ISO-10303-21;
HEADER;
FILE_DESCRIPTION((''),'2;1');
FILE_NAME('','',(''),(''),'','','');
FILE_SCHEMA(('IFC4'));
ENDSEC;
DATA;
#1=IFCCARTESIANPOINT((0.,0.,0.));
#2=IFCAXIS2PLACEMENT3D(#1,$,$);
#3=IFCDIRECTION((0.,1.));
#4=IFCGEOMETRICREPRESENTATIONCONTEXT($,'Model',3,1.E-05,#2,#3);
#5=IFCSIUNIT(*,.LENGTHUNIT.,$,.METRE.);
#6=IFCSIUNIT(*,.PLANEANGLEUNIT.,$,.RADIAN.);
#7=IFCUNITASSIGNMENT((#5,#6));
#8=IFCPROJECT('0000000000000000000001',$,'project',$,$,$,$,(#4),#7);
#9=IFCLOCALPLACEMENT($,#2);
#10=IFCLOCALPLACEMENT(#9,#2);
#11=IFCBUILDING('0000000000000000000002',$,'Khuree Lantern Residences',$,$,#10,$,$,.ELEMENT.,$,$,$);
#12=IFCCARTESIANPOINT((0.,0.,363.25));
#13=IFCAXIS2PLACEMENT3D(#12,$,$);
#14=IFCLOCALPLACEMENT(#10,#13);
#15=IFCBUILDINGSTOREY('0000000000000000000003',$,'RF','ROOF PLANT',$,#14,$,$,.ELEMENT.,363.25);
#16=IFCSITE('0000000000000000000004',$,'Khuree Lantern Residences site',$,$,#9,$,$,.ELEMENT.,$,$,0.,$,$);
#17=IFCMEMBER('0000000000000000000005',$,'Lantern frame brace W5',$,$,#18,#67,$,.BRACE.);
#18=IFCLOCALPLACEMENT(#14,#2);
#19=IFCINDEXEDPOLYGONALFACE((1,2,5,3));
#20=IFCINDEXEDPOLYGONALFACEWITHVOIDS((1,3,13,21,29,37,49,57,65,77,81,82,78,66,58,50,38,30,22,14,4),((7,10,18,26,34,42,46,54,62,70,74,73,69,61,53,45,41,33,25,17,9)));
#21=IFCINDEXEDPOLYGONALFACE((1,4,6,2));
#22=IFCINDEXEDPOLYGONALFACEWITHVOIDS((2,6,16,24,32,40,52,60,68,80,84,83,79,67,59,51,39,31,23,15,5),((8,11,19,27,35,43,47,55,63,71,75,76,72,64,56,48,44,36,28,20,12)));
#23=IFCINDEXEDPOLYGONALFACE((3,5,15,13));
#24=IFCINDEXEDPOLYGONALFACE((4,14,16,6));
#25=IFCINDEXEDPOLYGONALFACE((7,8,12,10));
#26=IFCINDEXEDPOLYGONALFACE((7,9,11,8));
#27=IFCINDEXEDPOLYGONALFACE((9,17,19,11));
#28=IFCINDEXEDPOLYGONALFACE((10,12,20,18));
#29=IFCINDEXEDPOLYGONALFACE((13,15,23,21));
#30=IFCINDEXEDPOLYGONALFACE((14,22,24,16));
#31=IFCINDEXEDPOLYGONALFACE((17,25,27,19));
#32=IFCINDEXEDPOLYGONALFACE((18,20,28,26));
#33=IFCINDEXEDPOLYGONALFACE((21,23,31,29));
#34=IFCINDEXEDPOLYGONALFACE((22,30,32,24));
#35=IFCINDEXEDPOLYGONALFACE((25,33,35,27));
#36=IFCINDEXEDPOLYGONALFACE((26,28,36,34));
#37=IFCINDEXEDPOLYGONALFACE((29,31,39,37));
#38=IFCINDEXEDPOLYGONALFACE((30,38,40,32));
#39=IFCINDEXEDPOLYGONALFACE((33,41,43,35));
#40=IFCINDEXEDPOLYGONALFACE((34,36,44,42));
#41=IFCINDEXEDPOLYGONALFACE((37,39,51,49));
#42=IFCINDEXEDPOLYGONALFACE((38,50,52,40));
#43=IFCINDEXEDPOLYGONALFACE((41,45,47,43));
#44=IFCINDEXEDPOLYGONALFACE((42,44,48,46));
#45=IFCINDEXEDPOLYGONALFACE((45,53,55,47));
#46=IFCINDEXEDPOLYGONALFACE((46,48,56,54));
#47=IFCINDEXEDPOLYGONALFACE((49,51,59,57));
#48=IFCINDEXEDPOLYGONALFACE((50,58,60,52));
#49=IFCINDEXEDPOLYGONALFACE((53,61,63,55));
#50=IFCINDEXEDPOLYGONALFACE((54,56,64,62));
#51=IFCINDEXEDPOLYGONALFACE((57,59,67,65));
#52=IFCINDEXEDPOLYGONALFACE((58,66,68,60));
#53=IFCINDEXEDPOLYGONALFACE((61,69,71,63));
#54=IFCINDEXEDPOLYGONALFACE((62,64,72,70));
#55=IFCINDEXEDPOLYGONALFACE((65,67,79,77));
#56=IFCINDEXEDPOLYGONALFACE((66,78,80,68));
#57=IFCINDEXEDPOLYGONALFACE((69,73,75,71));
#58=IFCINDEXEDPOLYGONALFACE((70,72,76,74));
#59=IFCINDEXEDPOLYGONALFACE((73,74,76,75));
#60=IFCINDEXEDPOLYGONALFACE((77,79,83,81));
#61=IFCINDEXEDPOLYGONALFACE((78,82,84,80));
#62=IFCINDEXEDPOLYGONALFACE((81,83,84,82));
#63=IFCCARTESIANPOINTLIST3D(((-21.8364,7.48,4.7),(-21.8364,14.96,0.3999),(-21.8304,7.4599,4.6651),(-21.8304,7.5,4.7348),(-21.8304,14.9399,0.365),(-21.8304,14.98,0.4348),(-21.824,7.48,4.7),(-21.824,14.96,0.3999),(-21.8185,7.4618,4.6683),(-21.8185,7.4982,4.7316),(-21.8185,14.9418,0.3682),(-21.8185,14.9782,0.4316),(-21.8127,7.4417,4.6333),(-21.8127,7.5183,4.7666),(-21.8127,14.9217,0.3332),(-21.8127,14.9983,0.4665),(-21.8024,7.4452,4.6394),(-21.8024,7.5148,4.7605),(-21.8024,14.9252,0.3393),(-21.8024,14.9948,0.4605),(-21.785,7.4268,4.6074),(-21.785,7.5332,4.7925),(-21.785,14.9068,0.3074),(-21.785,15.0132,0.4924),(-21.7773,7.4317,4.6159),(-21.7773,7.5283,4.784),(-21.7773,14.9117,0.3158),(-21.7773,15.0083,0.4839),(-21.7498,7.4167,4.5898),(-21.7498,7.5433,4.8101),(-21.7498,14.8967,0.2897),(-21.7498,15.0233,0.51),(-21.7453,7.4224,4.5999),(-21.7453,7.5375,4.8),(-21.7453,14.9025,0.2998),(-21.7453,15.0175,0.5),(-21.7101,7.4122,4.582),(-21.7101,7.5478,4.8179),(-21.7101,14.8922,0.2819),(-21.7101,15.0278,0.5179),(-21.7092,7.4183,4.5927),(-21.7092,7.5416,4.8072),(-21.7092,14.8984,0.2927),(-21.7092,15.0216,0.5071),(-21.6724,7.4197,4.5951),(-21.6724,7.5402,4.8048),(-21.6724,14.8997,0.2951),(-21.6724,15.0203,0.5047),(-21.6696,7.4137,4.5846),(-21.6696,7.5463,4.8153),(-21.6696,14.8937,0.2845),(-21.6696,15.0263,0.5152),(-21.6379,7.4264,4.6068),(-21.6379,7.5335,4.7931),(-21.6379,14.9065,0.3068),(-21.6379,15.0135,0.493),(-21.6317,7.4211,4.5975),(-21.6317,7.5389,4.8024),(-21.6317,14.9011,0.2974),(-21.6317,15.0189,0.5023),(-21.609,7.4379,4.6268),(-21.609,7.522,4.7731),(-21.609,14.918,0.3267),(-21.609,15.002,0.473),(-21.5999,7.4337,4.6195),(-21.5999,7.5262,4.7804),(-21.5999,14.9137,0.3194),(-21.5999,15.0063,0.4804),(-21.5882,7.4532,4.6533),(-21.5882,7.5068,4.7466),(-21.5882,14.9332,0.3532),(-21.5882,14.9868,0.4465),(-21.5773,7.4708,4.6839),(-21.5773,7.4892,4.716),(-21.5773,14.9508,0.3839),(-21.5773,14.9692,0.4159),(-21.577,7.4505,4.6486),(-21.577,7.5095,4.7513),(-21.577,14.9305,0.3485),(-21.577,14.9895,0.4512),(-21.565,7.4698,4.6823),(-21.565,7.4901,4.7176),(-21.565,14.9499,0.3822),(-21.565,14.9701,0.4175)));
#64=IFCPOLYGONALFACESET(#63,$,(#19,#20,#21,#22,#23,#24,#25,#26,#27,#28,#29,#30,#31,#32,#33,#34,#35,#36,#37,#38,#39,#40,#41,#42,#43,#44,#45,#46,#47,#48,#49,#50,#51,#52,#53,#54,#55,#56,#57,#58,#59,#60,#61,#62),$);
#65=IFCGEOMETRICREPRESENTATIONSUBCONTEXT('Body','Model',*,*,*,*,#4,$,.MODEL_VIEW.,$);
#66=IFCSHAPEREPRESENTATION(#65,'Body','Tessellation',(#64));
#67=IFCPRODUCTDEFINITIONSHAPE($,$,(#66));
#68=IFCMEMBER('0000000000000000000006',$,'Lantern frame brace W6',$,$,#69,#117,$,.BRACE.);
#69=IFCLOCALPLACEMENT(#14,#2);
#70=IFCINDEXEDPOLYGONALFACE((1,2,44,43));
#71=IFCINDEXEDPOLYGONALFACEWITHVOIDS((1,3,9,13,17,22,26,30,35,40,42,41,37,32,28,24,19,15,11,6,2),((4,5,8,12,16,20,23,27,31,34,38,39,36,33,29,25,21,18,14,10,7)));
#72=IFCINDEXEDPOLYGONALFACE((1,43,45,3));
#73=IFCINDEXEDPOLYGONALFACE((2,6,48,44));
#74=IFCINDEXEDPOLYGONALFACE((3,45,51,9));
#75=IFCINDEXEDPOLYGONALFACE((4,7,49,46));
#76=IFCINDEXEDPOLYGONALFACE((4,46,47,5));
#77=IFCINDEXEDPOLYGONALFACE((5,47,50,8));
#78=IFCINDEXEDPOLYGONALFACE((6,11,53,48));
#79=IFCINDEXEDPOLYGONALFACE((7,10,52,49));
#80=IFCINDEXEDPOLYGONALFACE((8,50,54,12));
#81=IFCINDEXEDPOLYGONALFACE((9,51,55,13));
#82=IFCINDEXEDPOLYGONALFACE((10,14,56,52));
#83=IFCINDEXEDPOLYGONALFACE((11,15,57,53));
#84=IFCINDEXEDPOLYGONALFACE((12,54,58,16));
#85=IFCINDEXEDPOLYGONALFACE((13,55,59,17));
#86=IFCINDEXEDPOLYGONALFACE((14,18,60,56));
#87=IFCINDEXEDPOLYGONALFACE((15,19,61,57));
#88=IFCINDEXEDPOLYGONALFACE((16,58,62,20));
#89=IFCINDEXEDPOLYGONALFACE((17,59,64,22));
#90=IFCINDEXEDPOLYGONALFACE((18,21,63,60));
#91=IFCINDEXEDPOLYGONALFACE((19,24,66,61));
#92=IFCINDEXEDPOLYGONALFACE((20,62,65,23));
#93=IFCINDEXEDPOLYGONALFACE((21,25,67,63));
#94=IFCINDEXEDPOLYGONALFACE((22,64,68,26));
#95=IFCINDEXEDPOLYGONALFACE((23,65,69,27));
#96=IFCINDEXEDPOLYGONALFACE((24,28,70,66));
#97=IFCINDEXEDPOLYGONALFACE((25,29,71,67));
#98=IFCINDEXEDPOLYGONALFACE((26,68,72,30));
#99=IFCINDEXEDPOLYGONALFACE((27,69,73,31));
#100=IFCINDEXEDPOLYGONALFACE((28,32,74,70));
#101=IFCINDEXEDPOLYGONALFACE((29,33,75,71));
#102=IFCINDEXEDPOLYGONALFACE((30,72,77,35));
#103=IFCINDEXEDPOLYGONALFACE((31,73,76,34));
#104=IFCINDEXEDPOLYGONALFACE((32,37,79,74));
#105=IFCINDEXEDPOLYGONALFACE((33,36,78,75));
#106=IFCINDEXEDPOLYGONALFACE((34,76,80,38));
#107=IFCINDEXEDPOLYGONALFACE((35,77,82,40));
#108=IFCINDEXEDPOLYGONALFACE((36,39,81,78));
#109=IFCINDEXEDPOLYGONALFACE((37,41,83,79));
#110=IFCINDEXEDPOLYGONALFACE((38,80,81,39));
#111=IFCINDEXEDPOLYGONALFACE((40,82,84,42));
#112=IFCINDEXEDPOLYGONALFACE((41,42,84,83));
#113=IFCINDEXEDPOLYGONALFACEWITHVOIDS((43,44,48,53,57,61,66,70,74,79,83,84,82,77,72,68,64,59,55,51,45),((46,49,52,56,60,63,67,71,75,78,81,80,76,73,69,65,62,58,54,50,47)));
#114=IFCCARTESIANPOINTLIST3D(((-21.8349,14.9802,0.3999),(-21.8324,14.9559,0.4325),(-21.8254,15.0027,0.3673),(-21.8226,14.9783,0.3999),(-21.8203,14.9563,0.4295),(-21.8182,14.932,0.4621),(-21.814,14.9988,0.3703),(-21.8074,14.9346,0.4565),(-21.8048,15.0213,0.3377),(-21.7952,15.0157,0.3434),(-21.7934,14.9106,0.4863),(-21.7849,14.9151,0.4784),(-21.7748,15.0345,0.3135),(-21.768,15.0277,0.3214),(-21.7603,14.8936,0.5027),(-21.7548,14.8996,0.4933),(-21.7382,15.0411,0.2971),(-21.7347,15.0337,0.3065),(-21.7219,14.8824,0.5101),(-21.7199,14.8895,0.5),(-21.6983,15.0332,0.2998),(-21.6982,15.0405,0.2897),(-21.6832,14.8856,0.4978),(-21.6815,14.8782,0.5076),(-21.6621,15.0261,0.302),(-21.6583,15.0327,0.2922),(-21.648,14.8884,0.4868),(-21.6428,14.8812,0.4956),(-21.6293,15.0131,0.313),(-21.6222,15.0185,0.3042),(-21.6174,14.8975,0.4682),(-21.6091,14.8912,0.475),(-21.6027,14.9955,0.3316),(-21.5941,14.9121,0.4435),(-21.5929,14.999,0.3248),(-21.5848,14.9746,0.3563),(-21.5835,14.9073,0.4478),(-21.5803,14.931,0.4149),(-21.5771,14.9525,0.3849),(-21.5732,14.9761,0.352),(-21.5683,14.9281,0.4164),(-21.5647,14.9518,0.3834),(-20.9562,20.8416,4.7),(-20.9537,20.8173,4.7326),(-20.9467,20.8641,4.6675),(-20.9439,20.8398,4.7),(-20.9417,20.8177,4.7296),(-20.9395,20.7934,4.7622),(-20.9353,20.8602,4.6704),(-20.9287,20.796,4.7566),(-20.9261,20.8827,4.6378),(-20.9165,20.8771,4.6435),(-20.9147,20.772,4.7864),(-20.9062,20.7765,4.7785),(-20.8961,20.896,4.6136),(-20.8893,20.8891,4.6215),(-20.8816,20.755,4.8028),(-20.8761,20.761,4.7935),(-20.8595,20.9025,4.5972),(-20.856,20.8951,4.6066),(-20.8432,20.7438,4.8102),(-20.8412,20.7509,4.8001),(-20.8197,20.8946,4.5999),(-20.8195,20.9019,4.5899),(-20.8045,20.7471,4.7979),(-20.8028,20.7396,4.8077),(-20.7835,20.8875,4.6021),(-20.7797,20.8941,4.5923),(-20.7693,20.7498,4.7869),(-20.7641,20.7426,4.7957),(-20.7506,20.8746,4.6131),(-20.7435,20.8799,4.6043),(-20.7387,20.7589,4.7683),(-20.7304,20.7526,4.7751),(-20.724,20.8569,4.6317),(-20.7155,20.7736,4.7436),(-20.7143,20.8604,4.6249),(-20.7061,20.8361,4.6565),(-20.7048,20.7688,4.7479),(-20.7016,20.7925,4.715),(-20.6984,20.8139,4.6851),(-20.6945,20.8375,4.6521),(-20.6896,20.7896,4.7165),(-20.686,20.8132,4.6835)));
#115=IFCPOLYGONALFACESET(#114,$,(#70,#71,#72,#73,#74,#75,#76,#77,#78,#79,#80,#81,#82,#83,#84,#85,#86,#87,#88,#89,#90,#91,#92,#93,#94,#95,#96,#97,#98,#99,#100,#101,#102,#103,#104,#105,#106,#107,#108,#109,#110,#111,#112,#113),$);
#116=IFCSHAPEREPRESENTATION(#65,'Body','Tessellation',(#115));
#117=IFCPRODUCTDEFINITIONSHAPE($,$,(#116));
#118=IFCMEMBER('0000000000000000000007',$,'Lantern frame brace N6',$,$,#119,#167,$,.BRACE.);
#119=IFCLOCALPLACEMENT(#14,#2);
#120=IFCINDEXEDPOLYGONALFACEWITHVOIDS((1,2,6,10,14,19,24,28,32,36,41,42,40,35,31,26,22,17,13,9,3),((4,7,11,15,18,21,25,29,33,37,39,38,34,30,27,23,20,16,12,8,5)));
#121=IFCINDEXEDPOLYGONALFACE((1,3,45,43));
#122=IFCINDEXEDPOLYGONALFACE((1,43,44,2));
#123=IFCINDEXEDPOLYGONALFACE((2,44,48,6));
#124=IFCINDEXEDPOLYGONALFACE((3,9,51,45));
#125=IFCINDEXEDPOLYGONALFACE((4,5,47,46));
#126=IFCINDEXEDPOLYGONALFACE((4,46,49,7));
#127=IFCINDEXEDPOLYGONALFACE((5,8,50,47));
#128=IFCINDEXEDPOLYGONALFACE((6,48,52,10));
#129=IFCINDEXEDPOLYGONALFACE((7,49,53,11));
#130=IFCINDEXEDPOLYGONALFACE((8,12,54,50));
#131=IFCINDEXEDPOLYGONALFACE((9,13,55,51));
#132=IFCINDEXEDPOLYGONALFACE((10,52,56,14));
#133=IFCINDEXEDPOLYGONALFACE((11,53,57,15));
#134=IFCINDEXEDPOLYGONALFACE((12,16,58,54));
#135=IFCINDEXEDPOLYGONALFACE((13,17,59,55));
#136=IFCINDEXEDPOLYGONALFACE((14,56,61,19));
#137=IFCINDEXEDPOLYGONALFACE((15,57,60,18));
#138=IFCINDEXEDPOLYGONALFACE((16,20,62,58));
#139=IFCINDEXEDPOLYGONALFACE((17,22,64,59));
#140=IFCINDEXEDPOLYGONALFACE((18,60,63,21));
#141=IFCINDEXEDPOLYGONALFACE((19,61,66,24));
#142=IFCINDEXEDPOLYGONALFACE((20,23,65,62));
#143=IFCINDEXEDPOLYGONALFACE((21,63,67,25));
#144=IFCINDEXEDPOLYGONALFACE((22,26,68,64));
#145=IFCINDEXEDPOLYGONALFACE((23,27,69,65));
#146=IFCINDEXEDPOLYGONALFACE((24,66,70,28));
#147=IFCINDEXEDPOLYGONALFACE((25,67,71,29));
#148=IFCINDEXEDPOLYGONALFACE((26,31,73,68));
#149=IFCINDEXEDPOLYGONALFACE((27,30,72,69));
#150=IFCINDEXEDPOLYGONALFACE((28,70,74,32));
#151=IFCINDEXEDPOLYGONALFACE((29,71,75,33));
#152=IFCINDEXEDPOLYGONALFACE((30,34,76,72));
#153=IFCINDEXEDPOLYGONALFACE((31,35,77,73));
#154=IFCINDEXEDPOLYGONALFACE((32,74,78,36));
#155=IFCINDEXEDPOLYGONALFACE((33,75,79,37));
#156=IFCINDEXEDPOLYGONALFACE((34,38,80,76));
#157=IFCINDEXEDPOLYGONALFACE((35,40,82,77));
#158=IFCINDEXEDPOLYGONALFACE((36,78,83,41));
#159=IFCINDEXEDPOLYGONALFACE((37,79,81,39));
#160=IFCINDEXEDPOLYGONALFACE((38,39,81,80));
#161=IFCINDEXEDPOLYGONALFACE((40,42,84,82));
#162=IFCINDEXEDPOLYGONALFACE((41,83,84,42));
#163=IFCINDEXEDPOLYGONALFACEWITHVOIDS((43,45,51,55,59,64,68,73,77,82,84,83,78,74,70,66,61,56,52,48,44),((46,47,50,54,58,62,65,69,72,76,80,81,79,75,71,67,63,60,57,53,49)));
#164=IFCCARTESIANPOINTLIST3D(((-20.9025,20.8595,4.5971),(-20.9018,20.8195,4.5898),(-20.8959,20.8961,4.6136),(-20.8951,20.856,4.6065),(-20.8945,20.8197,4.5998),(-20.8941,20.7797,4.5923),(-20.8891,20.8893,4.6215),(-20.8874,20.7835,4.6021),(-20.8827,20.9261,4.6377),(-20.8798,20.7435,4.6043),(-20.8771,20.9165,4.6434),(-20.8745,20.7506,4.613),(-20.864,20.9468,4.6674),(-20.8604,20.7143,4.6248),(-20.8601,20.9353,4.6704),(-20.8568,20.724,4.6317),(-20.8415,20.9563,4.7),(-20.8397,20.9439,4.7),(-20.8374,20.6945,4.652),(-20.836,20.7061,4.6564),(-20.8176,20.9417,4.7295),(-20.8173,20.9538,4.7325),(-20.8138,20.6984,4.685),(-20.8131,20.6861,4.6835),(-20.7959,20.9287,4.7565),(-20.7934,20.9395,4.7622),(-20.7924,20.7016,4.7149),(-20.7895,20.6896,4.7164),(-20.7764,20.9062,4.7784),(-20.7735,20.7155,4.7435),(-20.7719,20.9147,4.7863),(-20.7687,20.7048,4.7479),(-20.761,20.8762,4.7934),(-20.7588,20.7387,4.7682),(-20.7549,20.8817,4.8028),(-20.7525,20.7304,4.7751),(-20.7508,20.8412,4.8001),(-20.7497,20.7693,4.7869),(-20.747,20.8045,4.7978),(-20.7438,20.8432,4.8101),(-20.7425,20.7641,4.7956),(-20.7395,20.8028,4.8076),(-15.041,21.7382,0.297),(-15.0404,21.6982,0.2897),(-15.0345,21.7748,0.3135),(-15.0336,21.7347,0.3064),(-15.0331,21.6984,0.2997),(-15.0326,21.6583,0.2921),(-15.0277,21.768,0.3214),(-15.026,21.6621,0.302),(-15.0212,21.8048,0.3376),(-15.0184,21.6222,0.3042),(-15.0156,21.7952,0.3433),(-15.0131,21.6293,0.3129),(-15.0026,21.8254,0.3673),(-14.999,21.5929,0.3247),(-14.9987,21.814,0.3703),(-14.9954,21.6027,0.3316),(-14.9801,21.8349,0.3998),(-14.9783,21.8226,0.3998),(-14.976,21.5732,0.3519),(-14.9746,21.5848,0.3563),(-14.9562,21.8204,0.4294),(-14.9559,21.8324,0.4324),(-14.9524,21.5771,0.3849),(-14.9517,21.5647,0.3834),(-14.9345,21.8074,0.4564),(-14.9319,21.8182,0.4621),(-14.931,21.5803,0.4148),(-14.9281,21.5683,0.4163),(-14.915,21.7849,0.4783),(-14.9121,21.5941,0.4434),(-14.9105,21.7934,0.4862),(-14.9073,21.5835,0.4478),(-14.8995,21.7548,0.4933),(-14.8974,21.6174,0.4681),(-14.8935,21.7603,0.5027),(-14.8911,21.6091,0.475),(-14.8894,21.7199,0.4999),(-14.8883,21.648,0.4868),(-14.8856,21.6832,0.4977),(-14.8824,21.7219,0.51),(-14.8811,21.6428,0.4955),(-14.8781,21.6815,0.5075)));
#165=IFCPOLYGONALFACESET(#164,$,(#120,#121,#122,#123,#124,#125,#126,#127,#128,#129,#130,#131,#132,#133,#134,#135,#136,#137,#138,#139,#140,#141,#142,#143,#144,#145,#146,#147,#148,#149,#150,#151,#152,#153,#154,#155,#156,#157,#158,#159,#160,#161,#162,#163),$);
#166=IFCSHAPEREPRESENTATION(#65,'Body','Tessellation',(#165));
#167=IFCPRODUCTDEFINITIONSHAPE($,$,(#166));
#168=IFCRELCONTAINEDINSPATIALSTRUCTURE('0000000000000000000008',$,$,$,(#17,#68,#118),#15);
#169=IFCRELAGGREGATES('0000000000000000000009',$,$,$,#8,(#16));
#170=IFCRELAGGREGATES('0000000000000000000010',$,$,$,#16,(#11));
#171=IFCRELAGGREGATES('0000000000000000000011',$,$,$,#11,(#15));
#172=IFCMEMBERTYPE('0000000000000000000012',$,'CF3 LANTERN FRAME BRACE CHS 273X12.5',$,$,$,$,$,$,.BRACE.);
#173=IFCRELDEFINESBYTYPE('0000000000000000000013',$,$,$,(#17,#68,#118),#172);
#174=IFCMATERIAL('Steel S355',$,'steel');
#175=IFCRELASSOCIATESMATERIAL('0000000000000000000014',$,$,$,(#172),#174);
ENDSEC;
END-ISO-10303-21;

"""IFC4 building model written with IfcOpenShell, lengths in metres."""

from ifc_helpers import new_model, si_unit, direction, frame, origin, origin_2d, place, context, subcontext, project, spatial, hollow_circle, extrude, material, material_profile, profile_set, type_object, element, save


model = new_model("IFC4")

# Units and contexts
model_context = context("Model", 3, precision=1e-05, world=origin(), true_north=direction((0.0, 1.0)))
body_context = subcontext(model_context, "Body", "Model", "MODEL_VIEW")
ifc_project = project(units=[si_unit("LENGTHUNIT", "METRE"), si_unit("PLANEANGLEUNIT", "RADIAN")], contexts=[model_context])

# Site, building, storey
site_placement = place(None, origin())
site = spatial("IfcSite", under=ifc_project, at=site_placement, Name="Khuree Lantern Residences site", CompositionType="ELEMENT", RefElevation=0.0)
building_placement = place(site_placement, origin())
building = spatial("IfcBuilding", under=site, at=building_placement, Name="Khuree Lantern Residences", CompositionType="ELEMENT")
storey_placement = place(building_placement, frame((0.0, 0.0, 363.25)))
storey = spatial("IfcBuildingStorey", under=building, at=storey_placement, Name="RF", Description="ROOF PLANT", CompositionType="ELEMENT", Elevation=363.25)

# Shared definitions
ifc_material_1 = material(Name="Steel S355", Category="steel")

# Members
ifc_material_profile_1 = material_profile(ifc_material_1, hollow_circle(Radius=0.1365, WallThickness=0.0125, at=origin_2d()), Name="CHS 273X12.5")
ifc_profile_set_1 = profile_set([ifc_material_profile_1], Name="Steel S355")
member_type_1 = type_object("IfcMemberType", Name="CF3 LANTERN FRAME BRACE CHS 273X12.5", PredefinedType="BRACE", material=ifc_profile_set_1)
for number, where, z_axis, x_axis, name in (
    (1, (-21.7, 7.48, 4.7), (0.0, 0.866953, -0.498389), (-1.0, 0.0, 0.0), "Lantern frame brace W5"),
):
    element("IfcMember", number, at=place(storey_placement, frame(where, z_axis=z_axis, x_axis=x_axis)), inside=storey, type_object=member_type_1, Name=name, PredefinedType="BRACE", context=body_context, shape_type="SweptSolid", body=[
        extrude(hollow_circle(Radius=0.1365, WallThickness=0.0125, at=origin_2d()), origin(), (0.0, 0.0, 1.0), 8.6279),
    ])
for number, where, z_axis, x_axis, name in (
    (2, (-21.7, 14.96, 0.3999), (0.119996, 0.800465, 0.587245), (-0.98895, 0.148252, 0.0), "Lantern frame brace W6"),
    (3, (-20.8213, 20.8213, 4.7), (0.800465, 0.119996, -0.587245), (-0.148252, 0.98895, 0.0), "Lantern frame brace N6"),
):
    element("IfcMember", number, at=place(storey_placement, frame(where, z_axis=z_axis, x_axis=x_axis)), inside=storey, type_object=member_type_1, Name=name, PredefinedType="BRACE", context=body_context, shape_type="SweptSolid", body=[
        extrude(hollow_circle(Radius=0.1365, WallThickness=0.0125, at=origin_2d()), origin(), (0.0, 0.0, 1.0), 7.3225),
    ])

save(model, "model.ifc")
